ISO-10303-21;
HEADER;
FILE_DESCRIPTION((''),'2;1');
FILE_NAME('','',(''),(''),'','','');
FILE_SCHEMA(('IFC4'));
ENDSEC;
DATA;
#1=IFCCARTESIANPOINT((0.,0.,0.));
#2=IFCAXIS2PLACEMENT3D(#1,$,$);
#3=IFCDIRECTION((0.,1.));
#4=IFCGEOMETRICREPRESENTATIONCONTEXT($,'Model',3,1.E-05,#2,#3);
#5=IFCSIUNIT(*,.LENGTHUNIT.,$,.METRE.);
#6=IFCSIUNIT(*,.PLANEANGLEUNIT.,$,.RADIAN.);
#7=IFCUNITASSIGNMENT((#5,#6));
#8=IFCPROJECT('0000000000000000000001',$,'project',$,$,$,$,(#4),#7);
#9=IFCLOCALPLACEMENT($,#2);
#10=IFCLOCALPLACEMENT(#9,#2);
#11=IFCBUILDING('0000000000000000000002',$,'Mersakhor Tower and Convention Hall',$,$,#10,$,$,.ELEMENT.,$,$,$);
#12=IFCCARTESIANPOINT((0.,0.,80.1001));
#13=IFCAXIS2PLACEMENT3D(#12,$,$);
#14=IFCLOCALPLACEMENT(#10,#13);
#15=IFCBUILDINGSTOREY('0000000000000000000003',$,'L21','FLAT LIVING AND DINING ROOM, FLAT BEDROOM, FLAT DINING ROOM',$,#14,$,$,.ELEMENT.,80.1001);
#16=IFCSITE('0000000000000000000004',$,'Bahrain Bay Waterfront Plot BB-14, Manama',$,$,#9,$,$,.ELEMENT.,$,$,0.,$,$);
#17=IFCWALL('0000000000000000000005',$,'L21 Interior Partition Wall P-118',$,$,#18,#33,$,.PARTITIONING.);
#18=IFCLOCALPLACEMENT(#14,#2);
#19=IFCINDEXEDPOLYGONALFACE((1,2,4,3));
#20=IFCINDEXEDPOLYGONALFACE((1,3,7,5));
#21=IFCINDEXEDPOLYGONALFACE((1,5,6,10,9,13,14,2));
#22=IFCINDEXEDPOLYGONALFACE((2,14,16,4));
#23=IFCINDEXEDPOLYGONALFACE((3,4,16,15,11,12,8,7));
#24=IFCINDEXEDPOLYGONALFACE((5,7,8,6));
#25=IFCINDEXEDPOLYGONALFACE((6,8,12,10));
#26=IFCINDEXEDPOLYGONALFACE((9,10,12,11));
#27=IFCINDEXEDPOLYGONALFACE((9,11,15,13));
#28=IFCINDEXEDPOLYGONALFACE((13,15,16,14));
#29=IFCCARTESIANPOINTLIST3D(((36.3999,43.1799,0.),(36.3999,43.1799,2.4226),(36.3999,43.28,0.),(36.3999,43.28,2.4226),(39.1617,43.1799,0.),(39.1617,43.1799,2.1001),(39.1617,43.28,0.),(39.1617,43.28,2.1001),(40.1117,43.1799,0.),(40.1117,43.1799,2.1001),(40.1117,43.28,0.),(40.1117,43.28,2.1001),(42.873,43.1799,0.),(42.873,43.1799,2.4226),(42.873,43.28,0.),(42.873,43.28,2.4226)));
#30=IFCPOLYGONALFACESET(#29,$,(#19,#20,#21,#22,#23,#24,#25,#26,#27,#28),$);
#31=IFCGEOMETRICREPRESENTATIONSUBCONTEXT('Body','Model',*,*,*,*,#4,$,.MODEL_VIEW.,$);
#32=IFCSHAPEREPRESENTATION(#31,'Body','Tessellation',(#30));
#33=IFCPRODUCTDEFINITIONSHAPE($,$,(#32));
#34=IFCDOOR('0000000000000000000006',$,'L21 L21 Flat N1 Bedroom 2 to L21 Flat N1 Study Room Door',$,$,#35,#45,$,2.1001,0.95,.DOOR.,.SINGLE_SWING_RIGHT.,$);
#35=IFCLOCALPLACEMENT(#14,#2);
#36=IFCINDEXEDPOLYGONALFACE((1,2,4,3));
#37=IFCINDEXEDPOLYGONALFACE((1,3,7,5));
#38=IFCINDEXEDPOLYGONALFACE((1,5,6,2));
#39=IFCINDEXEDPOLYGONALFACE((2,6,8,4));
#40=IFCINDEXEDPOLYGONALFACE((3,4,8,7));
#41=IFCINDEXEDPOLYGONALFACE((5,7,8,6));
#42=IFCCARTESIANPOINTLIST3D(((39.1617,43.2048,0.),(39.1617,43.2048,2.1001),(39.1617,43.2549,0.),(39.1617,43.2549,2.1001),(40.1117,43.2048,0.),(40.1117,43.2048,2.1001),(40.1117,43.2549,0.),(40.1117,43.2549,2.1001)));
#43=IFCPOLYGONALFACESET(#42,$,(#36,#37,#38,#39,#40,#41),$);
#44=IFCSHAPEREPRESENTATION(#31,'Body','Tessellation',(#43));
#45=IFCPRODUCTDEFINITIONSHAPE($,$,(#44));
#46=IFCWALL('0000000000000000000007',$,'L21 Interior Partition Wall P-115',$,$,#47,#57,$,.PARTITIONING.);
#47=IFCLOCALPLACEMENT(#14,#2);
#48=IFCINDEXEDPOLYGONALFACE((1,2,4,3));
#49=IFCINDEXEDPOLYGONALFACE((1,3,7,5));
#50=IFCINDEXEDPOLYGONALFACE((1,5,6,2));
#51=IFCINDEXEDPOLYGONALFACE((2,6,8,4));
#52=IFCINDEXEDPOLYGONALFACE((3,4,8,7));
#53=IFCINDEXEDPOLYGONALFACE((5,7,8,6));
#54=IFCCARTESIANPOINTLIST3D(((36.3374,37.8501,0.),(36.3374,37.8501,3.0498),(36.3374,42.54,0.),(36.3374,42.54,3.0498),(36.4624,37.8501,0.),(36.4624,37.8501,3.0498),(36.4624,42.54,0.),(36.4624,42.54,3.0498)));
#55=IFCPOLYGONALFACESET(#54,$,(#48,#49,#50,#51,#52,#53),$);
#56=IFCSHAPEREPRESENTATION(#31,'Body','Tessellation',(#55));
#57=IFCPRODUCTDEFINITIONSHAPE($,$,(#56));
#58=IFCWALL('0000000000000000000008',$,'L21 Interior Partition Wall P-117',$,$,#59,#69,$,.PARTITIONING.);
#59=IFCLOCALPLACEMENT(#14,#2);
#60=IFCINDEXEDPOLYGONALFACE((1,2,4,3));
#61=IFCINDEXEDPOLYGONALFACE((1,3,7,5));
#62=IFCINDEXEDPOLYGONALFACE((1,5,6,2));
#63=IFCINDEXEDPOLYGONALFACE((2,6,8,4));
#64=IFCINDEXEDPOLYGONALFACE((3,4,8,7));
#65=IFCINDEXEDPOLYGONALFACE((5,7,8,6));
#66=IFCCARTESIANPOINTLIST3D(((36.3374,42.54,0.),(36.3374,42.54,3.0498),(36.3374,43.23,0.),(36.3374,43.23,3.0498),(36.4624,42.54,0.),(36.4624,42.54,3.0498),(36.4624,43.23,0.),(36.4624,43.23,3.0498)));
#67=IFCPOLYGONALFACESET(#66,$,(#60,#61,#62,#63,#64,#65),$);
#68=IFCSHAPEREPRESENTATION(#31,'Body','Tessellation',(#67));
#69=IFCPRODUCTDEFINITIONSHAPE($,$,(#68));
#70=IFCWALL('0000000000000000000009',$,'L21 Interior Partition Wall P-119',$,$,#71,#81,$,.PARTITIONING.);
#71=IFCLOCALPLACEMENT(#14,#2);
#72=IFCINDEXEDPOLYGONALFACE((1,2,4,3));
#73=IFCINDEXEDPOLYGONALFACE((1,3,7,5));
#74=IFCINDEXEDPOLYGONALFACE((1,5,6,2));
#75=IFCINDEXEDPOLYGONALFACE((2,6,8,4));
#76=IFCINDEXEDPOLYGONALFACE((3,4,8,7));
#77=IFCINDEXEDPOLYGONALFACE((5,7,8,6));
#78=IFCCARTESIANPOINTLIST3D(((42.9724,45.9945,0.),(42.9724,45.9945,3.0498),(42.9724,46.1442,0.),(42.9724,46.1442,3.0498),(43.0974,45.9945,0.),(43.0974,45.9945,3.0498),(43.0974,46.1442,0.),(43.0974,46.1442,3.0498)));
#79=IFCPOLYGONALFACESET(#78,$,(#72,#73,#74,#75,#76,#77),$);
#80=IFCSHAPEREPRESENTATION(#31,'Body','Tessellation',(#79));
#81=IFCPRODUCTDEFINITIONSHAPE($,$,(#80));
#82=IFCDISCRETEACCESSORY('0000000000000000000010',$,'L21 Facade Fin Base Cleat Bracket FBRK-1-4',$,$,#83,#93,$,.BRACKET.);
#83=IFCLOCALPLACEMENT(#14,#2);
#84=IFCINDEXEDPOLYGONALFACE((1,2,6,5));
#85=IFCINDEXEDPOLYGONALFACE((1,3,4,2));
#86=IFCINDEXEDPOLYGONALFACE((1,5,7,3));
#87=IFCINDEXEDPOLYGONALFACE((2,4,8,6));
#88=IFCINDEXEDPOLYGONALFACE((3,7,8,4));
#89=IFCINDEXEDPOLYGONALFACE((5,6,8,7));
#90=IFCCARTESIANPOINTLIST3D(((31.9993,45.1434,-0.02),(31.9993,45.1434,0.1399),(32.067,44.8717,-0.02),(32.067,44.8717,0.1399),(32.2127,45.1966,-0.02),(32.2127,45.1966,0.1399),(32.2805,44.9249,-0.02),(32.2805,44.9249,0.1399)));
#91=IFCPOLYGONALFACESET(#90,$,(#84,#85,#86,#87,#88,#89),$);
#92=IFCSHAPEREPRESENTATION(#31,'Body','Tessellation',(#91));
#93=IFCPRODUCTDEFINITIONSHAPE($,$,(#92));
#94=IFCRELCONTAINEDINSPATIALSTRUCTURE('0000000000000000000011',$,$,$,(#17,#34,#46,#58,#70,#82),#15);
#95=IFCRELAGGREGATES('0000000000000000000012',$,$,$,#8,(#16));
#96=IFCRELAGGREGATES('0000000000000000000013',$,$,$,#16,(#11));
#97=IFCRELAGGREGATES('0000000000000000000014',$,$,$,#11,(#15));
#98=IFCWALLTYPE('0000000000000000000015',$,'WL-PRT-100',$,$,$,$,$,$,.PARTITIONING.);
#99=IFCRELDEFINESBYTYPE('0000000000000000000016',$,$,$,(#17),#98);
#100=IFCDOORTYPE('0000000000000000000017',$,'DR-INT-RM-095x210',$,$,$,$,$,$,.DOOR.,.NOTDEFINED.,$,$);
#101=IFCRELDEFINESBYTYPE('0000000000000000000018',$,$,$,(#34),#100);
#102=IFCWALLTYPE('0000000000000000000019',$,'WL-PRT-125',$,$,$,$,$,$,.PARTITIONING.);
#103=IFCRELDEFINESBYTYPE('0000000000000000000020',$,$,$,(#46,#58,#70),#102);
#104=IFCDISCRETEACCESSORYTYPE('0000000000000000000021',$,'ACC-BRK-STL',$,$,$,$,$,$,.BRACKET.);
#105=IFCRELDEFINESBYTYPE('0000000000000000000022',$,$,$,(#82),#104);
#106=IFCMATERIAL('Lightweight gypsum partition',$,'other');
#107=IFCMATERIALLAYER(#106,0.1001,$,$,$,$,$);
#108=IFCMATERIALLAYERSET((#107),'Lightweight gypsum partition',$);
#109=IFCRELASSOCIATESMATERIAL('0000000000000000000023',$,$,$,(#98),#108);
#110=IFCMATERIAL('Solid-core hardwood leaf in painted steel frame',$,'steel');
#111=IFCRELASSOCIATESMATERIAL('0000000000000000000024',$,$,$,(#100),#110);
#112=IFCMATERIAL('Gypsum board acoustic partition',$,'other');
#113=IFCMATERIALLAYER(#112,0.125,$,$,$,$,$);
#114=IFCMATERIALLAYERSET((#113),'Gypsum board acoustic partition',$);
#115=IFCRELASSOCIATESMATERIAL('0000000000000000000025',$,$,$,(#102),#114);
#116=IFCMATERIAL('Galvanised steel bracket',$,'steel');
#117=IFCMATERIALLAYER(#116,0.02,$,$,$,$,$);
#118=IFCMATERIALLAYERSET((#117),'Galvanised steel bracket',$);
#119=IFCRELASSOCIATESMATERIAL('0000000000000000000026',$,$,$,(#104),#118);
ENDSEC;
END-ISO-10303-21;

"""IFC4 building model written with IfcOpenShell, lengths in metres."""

from ifc_helpers import new_model, si_unit, direction, frame, frame_2d, origin, origin_2d, place, context, subcontext, project, spatial, rectangle, extrude, material, layer, layer_set, type_object, element, fill, save


model = new_model("IFC4")

# Units and contexts
model_context = context("Model", 3, precision=1e-05, world=origin(), true_north=direction((0.0, 1.0)))
body_context = subcontext(model_context, "Body", "Model", "MODEL_VIEW")
ifc_project = project(units=[si_unit("LENGTHUNIT", "METRE"), si_unit("PLANEANGLEUNIT", "RADIAN")], contexts=[model_context])

# Site, building, storey
site_placement = place(None, origin())
site = spatial("IfcSite", under=ifc_project, at=site_placement, Name="Bahrain Bay Waterfront Plot BB-14, Manama", CompositionType="ELEMENT", RefElevation=0.0)
building_placement = place(site_placement, origin())
building = spatial("IfcBuilding", under=site, at=building_placement, Name="Mersakhor Tower and Convention Hall", CompositionType="ELEMENT")
storey_placement = place(building_placement, frame((0.0, 0.0, 80.1001)))
storey = spatial("IfcBuildingStorey", under=building, at=storey_placement, Name="L21", Description="FLAT LIVING AND DINING ROOM, FLAT BEDROOM, FLAT DINING ROOM", CompositionType="ELEMENT", Elevation=80.1001)

# Shared definitions
ifc_material_1 = material(Name="Lightweight gypsum partition", Category="other")
ifc_layer_1 = layer(ifc_material_1, 0.1001)
ifc_layer_set_1 = layer_set([ifc_layer_1], Name="Lightweight gypsum partition")
wall_type_1 = type_object("IfcWallType", Name="WL-PRT-100", PredefinedType="PARTITIONING", material=ifc_layer_set_1)
ifc_material_2 = material(Name="Solid-core hardwood leaf in painted steel frame", Category="steel")
door_type_1 = type_object("IfcDoorType", Name="DR-INT-RM-095x210", OperationType="NOTDEFINED", PredefinedType="DOOR", material=ifc_material_2)

# Wall, opening, door
wall_1_placement = place(storey_placement, frame((36.3999, 43.23, 0.0), z_axis=(0.0, 0.0, 1.0), x_axis=(1.0, 0.0, 0.0)))
wall_1 = element("IfcWall", 1, at=wall_1_placement, inside=storey, type_object=wall_type_1, Name="L21 Interior Partition Wall P-118", PredefinedType="PARTITIONING", context=body_context, shape_type="SweptSolid", body=[
    extrude(rectangle(XDim=6.4731, YDim=0.1001, at=frame_2d((3.2366, 0.0))), origin(), (0.0, 0.0, 1.0), 2.4226),
])
opening_1_placement = place(wall_1_placement, frame((2.7617, 0.0, 0.0)))
opening_1 = element("IfcOpeningElement", 2, at=opening_1_placement, cuts=wall_1, PredefinedType="OPENING", context=body_context, shape_type="SweptSolid", body=[
    extrude(rectangle(XDim=0.95, YDim=2.1001, at=frame_2d((0.4751, 1.05))), frame((0.0, 0.0601, 0.0), z_axis=(0.0, -1.0, 0.0), x_axis=(1.0, 0.0, 0.0)), (0.0, 0.0, 1.0), 0.1201),
])
door_1_placement = place(opening_1_placement, origin())
door_1 = element("IfcDoor", 3, at=door_1_placement, inside=storey, type_object=door_type_1, Name="L21 L21 Flat N1 Bedroom 2 to L21 Flat N1 Study Room Door", OperationType="SINGLE_SWING_RIGHT", OverallHeight=2.1001, OverallWidth=0.95, PredefinedType="DOOR", context=body_context, shape_type="SweptSolid", body=[
    extrude(rectangle(XDim=0.95, YDim=2.1001, at=frame_2d((0.4751, 1.05))), frame((0.0, 0.0249, 0.0), z_axis=(0.0, -1.0, 0.0), x_axis=(1.0, 0.0, 0.0)), (0.0, 0.0, 1.0), 0.05),
])
fill(opening_1, door_1)

# Walls
ifc_material_3 = material(Name="Gypsum board acoustic partition", Category="other")
ifc_layer_2 = layer(ifc_material_3, 0.125)
ifc_layer_set_2 = layer_set([ifc_layer_2], Name="Gypsum board acoustic partition")
wall_type_2 = type_object("IfcWallType", Name="WL-PRT-125", PredefinedType="PARTITIONING", material=ifc_layer_set_2)
wall_2_placement = place(storey_placement, frame((36.3999, 42.54, 0.0), z_axis=(0.0, 0.0, 1.0), x_axis=(0.0, -1.0, 0.0)))
element("IfcWall", 4, at=wall_2_placement, inside=storey, type_object=wall_type_2, Name="L21 Interior Partition Wall P-115", PredefinedType="PARTITIONING", context=body_context, shape_type="SweptSolid", body=[
    extrude(rectangle(XDim=4.6899, YDim=0.125, at=frame_2d((2.345, 0.0))), origin(), (0.0, 0.0, 1.0), 3.0498),
])
wall_3_placement = place(storey_placement, frame((36.3999, 43.23, 0.0), z_axis=(0.0, 0.0, 1.0), x_axis=(0.0, -1.0, 0.0)))
element("IfcWall", 5, at=wall_3_placement, inside=storey, type_object=wall_type_2, Name="L21 Interior Partition Wall P-117", PredefinedType="PARTITIONING", context=body_context, shape_type="SweptSolid", body=[
    extrude(rectangle(XDim=0.6899, YDim=0.125, at=frame_2d((0.345, 0.0))), origin(), (0.0, 0.0, 1.0), 3.0498),
])
wall_4_placement = place(storey_placement, frame((43.0349, 46.144, 0.0), z_axis=(0.0, 0.0, 1.0), x_axis=(0.0, -1.0, 0.0)))
element("IfcWall", 6, at=wall_4_placement, inside=storey, type_object=wall_type_2, Name="L21 Interior Partition Wall P-119", PredefinedType="PARTITIONING", context=body_context, shape_type="SweptSolid", body=[
    extrude(rectangle(XDim=0.1497, YDim=0.125, at=frame_2d((0.0747, 0.0))), origin(), (0.0, 0.0, 1.0), 3.0498),
])

# Discrete accessory
ifc_material_4 = material(Name="Galvanised steel bracket", Category="steel")
ifc_layer_3 = layer(ifc_material_4, 0.02)
ifc_layer_set_3 = layer_set([ifc_layer_3], Name="Galvanised steel bracket")
discrete_accessory_type = type_object("IfcDiscreteAccessoryType", Name="ACC-BRK-STL", PredefinedType="BRACKET", material=ifc_layer_set_3)
discrete_accessory_placement = place(storey_placement, frame((32.1399, 45.0342, -0.02), z_axis=(0.0, 0.0, 1.0), x_axis=(-0.241922, 0.970296, 0.0)))
element("IfcDiscreteAccessory", 7, at=discrete_accessory_placement, inside=storey, type_object=discrete_accessory_type, Name="L21 Facade Fin Base Cleat Bracket FBRK-1-4", PredefinedType="BRACKET", context=body_context, shape_type="SweptSolid", body=[
    extrude(rectangle(XDim=0.28, YDim=0.22, at=origin_2d()), origin(), (0.0, 0.0, 1.0), 0.1599),
])

save(model, "model.ifc")
